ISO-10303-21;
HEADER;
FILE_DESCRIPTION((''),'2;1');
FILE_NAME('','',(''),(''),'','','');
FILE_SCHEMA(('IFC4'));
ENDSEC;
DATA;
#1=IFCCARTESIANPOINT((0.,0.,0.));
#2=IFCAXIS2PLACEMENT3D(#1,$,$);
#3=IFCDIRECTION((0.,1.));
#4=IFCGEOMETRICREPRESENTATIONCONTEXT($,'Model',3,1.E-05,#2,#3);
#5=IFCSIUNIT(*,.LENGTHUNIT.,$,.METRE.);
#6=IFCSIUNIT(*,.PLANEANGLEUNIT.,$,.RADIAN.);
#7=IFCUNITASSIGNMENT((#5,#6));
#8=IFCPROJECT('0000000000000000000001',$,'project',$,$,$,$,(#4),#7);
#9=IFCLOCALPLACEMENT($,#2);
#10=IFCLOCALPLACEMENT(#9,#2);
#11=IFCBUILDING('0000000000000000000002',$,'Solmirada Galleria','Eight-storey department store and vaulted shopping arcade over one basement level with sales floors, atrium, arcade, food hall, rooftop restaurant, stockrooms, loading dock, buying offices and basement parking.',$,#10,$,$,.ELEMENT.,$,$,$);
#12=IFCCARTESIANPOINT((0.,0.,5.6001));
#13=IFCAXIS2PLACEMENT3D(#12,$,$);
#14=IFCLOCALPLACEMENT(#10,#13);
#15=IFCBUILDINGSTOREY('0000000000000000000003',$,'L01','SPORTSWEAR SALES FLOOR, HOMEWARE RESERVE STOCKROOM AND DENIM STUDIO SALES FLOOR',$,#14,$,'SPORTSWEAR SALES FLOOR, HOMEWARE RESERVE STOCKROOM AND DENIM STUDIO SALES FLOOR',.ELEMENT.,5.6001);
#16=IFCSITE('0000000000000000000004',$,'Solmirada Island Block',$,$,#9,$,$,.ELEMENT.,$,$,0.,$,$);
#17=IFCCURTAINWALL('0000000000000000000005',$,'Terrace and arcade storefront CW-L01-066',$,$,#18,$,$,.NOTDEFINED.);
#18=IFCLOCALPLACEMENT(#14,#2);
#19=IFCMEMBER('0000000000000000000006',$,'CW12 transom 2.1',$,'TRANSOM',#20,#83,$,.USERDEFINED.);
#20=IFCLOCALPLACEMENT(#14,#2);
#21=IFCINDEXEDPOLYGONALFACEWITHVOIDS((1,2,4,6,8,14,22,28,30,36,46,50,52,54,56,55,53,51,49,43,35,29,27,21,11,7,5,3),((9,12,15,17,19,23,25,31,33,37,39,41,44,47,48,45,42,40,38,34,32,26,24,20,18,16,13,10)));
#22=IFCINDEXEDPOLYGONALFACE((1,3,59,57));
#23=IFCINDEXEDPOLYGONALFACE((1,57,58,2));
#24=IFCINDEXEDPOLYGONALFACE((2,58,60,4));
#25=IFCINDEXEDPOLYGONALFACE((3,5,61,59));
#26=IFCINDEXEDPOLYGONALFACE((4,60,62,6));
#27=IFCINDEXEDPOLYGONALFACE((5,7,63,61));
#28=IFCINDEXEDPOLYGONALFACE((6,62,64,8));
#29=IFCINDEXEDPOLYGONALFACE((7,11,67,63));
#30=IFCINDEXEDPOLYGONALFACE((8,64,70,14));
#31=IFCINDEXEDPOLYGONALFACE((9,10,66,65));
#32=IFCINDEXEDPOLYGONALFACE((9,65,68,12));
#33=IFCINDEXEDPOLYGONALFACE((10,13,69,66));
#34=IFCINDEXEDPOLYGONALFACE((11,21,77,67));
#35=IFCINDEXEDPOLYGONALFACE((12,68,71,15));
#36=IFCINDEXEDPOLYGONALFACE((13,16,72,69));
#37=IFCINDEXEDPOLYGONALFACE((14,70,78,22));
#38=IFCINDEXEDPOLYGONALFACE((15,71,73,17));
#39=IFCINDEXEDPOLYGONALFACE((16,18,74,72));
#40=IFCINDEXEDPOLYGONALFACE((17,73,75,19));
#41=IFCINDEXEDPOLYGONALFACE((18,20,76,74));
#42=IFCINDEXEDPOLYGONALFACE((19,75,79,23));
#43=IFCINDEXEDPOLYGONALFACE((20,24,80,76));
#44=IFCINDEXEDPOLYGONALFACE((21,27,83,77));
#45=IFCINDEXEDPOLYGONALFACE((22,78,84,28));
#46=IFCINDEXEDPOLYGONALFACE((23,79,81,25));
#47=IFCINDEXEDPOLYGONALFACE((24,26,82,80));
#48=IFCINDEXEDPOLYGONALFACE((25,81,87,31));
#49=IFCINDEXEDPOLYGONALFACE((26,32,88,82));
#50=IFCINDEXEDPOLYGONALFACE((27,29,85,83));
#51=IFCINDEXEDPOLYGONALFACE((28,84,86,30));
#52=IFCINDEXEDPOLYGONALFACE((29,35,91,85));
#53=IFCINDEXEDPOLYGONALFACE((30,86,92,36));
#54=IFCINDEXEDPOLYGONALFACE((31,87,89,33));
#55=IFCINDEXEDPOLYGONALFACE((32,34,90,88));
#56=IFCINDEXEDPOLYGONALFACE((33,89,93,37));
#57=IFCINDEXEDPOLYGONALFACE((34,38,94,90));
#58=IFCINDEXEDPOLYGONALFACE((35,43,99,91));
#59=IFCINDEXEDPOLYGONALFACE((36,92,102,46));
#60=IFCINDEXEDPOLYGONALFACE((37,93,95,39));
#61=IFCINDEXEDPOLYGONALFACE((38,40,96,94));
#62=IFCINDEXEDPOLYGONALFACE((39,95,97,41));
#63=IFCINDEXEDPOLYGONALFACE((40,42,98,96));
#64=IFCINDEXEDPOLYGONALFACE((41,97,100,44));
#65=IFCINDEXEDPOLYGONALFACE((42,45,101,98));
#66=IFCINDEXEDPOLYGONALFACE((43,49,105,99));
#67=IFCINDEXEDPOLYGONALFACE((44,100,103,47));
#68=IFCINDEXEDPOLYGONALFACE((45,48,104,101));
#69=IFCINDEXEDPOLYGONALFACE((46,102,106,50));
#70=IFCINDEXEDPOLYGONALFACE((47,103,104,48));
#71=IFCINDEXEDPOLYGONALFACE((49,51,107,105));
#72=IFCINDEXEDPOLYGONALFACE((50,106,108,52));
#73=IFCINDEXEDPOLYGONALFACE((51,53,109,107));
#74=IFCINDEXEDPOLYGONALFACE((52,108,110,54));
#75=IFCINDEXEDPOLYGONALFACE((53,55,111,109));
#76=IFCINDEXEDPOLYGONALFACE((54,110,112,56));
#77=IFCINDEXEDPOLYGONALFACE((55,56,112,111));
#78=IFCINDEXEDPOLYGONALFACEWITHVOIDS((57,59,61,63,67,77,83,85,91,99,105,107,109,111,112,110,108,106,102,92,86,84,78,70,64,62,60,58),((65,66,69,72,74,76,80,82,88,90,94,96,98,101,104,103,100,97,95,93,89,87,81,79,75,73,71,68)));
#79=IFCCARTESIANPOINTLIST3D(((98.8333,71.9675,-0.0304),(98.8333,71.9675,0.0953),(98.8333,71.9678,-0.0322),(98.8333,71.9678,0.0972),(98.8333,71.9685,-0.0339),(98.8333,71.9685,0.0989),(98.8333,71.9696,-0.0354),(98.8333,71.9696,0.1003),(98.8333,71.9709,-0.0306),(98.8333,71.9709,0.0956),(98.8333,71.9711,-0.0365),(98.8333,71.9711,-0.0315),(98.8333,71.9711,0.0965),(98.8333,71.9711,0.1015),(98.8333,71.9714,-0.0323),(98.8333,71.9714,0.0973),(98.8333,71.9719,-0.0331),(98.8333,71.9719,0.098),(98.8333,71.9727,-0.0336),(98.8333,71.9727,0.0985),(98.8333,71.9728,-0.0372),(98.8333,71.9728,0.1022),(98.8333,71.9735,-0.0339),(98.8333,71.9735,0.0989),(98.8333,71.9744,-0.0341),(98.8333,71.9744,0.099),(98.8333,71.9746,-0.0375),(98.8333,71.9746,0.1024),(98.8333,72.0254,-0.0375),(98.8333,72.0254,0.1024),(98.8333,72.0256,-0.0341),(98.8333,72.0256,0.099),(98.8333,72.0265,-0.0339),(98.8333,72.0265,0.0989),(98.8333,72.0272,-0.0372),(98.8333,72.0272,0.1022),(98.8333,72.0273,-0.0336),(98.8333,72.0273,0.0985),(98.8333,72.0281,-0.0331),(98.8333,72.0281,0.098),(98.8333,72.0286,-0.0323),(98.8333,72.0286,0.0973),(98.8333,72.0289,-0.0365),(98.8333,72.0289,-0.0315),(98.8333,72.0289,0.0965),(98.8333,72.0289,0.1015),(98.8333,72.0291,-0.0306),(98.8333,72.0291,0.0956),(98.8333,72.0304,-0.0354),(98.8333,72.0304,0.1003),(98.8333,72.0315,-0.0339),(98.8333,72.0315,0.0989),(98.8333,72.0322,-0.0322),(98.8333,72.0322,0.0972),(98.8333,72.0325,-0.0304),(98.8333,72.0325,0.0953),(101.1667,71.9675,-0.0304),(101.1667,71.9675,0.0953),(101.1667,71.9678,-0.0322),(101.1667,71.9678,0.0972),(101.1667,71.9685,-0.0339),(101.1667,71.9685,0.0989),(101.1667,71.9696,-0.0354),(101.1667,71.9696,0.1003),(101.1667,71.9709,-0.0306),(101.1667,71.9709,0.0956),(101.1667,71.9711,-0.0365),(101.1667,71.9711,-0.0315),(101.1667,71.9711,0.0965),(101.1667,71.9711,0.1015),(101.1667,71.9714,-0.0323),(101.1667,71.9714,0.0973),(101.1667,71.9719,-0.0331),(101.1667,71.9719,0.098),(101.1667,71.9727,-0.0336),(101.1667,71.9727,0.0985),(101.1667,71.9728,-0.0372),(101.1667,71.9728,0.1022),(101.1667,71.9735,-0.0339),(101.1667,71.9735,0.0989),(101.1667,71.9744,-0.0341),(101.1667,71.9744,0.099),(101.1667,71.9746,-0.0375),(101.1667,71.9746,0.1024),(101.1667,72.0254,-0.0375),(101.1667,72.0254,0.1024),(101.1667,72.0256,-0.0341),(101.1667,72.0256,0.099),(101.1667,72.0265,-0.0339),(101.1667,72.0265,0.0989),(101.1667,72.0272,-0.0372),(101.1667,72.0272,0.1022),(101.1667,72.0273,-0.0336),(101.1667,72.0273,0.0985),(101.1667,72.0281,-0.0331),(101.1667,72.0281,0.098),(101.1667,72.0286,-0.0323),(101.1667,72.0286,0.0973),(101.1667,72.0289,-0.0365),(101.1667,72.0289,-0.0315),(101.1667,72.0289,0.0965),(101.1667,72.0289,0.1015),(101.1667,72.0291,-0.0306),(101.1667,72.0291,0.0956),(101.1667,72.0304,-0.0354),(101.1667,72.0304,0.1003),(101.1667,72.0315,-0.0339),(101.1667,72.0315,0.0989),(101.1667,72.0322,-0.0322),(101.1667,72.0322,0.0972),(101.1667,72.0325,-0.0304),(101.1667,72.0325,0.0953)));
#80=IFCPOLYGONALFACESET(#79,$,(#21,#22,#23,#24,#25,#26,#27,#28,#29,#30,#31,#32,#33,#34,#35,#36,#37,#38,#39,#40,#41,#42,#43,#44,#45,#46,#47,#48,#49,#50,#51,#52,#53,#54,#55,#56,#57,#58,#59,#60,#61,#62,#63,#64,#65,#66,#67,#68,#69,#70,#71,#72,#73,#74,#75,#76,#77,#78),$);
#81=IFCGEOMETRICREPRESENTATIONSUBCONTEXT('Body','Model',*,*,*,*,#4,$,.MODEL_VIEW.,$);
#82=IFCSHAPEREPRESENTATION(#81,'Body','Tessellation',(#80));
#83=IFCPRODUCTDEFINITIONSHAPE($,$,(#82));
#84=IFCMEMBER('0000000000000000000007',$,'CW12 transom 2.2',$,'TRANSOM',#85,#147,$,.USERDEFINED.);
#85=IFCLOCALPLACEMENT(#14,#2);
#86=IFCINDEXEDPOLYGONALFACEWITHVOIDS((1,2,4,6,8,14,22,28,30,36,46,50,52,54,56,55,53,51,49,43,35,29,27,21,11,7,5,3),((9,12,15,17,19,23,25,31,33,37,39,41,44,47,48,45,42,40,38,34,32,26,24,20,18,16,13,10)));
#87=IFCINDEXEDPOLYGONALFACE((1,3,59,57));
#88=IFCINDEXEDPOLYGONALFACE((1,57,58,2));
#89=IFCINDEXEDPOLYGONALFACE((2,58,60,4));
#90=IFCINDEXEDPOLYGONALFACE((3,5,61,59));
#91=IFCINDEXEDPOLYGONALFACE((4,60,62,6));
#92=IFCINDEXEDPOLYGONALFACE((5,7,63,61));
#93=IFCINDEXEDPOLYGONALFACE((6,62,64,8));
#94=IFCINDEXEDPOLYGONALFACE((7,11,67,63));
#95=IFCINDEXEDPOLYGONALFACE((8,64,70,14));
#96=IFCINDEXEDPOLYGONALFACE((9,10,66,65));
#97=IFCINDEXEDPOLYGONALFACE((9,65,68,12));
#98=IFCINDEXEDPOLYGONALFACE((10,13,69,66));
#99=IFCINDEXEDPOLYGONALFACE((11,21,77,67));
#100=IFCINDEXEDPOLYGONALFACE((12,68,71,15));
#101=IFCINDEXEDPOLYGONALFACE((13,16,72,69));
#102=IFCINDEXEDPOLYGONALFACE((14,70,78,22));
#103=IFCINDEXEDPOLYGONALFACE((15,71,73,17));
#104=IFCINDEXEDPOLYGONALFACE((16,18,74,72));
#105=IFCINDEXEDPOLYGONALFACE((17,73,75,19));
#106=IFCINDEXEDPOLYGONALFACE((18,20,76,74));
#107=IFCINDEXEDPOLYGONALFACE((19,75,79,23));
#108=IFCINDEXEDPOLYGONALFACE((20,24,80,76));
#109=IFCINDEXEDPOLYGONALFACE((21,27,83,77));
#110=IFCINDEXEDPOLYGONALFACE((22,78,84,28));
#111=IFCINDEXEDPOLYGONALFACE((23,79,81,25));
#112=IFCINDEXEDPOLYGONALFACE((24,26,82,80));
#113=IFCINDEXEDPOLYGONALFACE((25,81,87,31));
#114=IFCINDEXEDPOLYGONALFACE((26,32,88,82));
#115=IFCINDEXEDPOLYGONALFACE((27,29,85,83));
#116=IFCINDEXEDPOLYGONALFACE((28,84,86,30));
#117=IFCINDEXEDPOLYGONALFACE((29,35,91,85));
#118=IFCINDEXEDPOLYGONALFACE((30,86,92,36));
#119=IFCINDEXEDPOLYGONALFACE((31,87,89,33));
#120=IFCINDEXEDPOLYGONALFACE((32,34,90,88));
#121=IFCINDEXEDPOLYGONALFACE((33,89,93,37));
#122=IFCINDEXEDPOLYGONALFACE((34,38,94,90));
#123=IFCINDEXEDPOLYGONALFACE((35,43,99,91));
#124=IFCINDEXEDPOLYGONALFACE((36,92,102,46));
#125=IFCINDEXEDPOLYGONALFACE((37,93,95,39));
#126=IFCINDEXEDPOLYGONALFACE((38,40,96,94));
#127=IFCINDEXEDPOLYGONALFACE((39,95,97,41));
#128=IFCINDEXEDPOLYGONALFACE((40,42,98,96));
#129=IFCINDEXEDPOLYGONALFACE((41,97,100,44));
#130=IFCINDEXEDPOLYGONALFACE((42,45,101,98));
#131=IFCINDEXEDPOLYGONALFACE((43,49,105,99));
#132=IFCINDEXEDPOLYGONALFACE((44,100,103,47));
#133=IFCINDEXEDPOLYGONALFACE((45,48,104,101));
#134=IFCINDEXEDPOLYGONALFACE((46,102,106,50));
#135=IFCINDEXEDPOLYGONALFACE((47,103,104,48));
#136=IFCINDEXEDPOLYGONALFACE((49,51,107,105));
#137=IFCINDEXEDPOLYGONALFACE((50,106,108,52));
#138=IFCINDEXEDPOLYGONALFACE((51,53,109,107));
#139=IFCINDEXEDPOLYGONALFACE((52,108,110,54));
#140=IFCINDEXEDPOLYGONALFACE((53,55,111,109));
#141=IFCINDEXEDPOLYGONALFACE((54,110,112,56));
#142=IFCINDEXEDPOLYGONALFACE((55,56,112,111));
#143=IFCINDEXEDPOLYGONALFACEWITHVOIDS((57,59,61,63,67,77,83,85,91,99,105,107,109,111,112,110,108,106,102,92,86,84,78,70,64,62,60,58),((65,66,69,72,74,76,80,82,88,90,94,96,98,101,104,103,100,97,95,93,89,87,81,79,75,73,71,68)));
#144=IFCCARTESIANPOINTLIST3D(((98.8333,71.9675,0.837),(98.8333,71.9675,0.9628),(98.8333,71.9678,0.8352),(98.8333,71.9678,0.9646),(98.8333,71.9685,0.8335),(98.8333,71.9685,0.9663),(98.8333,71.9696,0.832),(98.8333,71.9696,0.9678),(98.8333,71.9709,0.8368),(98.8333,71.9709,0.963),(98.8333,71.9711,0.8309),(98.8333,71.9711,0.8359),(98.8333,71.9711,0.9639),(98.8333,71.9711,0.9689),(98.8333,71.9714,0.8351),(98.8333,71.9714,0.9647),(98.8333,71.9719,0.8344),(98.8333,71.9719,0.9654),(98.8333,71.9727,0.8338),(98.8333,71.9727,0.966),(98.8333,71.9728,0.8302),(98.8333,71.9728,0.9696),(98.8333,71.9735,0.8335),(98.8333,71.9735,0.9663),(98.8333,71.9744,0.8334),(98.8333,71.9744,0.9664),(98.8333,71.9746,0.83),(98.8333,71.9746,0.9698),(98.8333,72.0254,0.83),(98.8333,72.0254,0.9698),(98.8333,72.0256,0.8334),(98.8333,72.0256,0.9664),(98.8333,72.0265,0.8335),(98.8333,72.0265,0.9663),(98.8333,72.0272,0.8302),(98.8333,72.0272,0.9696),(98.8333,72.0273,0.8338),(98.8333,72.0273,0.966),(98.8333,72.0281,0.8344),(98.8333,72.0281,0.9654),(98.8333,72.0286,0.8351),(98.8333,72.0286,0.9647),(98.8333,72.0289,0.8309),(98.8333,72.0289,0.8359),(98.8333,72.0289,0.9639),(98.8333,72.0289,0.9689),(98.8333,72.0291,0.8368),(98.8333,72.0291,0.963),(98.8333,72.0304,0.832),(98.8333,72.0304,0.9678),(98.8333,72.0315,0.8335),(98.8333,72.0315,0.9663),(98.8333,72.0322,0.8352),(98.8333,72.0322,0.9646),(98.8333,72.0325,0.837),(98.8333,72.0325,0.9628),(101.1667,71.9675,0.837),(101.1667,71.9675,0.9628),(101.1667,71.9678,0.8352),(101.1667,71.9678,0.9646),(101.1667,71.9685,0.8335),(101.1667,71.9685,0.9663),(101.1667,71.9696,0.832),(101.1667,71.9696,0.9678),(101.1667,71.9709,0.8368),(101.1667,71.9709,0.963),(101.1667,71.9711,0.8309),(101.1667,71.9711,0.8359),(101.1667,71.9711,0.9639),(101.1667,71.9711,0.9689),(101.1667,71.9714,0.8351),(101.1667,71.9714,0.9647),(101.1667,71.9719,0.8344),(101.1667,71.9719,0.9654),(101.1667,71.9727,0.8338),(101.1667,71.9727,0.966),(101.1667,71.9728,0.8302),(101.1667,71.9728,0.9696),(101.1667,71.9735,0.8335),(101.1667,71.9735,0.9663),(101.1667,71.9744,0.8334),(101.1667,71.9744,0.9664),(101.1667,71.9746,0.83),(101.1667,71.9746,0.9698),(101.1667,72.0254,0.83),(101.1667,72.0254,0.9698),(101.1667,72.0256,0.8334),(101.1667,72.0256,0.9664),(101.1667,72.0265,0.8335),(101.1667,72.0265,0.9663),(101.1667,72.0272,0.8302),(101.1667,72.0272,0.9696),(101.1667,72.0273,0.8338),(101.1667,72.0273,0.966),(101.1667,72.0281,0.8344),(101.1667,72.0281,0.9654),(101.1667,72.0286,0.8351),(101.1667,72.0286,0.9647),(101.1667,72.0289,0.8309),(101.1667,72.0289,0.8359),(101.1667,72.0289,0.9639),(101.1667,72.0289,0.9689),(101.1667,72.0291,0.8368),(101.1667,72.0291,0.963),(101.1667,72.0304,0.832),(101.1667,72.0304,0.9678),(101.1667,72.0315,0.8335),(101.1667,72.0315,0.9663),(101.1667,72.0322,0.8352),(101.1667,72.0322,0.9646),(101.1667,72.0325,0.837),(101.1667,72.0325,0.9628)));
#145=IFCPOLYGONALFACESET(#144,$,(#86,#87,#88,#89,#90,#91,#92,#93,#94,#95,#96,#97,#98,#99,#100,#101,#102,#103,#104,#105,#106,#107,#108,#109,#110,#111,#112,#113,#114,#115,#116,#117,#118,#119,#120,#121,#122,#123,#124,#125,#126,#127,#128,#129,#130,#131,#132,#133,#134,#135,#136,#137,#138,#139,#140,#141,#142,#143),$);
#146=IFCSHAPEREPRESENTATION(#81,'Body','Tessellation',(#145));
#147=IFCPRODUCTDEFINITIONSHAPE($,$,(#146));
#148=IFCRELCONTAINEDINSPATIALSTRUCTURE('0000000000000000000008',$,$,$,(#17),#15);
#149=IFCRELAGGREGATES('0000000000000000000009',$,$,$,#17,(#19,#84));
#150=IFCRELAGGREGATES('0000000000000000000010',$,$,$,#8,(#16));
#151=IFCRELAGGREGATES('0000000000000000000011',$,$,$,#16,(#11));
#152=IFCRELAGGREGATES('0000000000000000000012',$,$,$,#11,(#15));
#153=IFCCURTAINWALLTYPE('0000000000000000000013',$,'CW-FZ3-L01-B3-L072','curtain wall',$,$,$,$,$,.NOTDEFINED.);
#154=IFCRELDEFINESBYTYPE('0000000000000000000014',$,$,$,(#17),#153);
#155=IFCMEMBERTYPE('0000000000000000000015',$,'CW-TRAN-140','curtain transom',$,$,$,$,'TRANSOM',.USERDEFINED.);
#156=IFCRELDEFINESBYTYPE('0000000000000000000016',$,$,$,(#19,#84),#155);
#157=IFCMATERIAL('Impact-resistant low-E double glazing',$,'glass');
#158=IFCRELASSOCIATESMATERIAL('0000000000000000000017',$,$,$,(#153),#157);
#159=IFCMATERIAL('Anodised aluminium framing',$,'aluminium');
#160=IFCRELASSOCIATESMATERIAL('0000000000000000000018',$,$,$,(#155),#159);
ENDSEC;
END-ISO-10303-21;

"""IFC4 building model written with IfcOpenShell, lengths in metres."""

from ifc_helpers import new_model, si_unit, direction, frame, origin, origin_2d, place, context, subcontext, project, spatial, hollow_rectangle, extrude, material, material_profile, profile_set, type_object, element, aggregate, save


model = new_model("IFC4")

# Units and contexts
model_context = context("Model", 3, precision=1e-05, world=origin(), true_north=direction((0.0, 1.0)))
body_context = subcontext(model_context, "Body", "Model", "MODEL_VIEW")
ifc_project = project(units=[si_unit("LENGTHUNIT", "METRE"), si_unit("PLANEANGLEUNIT", "RADIAN")], contexts=[model_context])

# Site, building, storey
site_placement = place(None, origin())
site = spatial("IfcSite", under=ifc_project, at=site_placement, Name="Solmirada Island Block", CompositionType="ELEMENT", RefElevation=0.0)
building_placement = place(site_placement, origin())
building = spatial("IfcBuilding", under=site, at=building_placement, Name="Solmirada Galleria", Description="Eight-storey department store and vaulted shopping arcade over one basement level with sales floors, atrium, arcade, food hall, rooftop restaurant, stockrooms, loading dock, buying offices and basement parking.", CompositionType="ELEMENT")
storey_placement = place(building_placement, frame((0.0, 0.0, 5.6001)))
storey = spatial("IfcBuildingStorey", under=building, at=storey_placement, Name="L01", Description="SPORTSWEAR SALES FLOOR, HOMEWARE RESERVE STOCKROOM AND DENIM STUDIO SALES FLOOR", LongName="SPORTSWEAR SALES FLOOR, HOMEWARE RESERVE STOCKROOM AND DENIM STUDIO SALES FLOOR", CompositionType="ELEMENT", Elevation=5.6001)

# Curtain wall, members
ifc_material_1 = material(Name="Impact-resistant low-E double glazing", Category="glass")
curtain_wall_type = type_object("IfcCurtainWallType", Name="CW-FZ3-L01-B3-L072", Description="curtain wall", PredefinedType="NOTDEFINED", material=ifc_material_1)
curtain_wall_placement = place(storey_placement, origin())
curtain_wall = element("IfcCurtainWall", 1, at=curtain_wall_placement, inside=storey, type_object=curtain_wall_type, Name="Terrace and arcade storefront CW-L01-066", PredefinedType="NOTDEFINED")
ifc_material_2 = material(Name="Anodised aluminium framing", Category="aluminium")
ifc_material_profile_1 = material_profile(ifc_material_2, hollow_rectangle(XDim=0.0649, YDim=0.1399, WallThickness=0.0034, InnerFilletRadius=0.0034, OuterFilletRadius=0.0071, at=origin_2d()), Name="ALU-TRAN-140X65")
ifc_profile_set_1 = profile_set([ifc_material_profile_1], Name="Anodised aluminium framing")
member_type_1 = type_object("IfcMemberType", Name="CW-TRAN-140", Description="curtain transom", ElementType="TRANSOM", PredefinedType="USERDEFINED", material=ifc_profile_set_1)
member_1_placement = place(storey_placement, frame((98.8333, 72.0, 0.0325), z_axis=(1.0, 0.0, 0.0), x_axis=(0.0, 1.0, 0.0)))
member_1 = element("IfcMember", 2, at=member_1_placement, type_object=member_type_1, Name="CW12 transom 2.1", ObjectType="TRANSOM", PredefinedType="USERDEFINED", context=body_context, shape_type="SweptSolid", body=[
    extrude(hollow_rectangle(XDim=0.0649, YDim=0.1399, WallThickness=0.0034, InnerFilletRadius=0.0034, OuterFilletRadius=0.0071, at=origin_2d()), origin(), (0.0, 0.0, 1.0), 2.3335),
])
member_2_placement = place(storey_placement, frame((98.8333, 72.0, 0.8999), z_axis=(1.0, 0.0, 0.0), x_axis=(0.0, 1.0, 0.0)))
member_2 = element("IfcMember", 3, at=member_2_placement, type_object=member_type_1, Name="CW12 transom 2.2", ObjectType="TRANSOM", PredefinedType="USERDEFINED", context=body_context, shape_type="SweptSolid", body=[
    extrude(hollow_rectangle(XDim=0.0649, YDim=0.1399, WallThickness=0.0034, InnerFilletRadius=0.0034, OuterFilletRadius=0.0071, at=origin_2d()), origin(), (0.0, 0.0, 1.0), 2.3335),
])
aggregate(curtain_wall, [member_1, member_2])

save(model, "model.ifc")
